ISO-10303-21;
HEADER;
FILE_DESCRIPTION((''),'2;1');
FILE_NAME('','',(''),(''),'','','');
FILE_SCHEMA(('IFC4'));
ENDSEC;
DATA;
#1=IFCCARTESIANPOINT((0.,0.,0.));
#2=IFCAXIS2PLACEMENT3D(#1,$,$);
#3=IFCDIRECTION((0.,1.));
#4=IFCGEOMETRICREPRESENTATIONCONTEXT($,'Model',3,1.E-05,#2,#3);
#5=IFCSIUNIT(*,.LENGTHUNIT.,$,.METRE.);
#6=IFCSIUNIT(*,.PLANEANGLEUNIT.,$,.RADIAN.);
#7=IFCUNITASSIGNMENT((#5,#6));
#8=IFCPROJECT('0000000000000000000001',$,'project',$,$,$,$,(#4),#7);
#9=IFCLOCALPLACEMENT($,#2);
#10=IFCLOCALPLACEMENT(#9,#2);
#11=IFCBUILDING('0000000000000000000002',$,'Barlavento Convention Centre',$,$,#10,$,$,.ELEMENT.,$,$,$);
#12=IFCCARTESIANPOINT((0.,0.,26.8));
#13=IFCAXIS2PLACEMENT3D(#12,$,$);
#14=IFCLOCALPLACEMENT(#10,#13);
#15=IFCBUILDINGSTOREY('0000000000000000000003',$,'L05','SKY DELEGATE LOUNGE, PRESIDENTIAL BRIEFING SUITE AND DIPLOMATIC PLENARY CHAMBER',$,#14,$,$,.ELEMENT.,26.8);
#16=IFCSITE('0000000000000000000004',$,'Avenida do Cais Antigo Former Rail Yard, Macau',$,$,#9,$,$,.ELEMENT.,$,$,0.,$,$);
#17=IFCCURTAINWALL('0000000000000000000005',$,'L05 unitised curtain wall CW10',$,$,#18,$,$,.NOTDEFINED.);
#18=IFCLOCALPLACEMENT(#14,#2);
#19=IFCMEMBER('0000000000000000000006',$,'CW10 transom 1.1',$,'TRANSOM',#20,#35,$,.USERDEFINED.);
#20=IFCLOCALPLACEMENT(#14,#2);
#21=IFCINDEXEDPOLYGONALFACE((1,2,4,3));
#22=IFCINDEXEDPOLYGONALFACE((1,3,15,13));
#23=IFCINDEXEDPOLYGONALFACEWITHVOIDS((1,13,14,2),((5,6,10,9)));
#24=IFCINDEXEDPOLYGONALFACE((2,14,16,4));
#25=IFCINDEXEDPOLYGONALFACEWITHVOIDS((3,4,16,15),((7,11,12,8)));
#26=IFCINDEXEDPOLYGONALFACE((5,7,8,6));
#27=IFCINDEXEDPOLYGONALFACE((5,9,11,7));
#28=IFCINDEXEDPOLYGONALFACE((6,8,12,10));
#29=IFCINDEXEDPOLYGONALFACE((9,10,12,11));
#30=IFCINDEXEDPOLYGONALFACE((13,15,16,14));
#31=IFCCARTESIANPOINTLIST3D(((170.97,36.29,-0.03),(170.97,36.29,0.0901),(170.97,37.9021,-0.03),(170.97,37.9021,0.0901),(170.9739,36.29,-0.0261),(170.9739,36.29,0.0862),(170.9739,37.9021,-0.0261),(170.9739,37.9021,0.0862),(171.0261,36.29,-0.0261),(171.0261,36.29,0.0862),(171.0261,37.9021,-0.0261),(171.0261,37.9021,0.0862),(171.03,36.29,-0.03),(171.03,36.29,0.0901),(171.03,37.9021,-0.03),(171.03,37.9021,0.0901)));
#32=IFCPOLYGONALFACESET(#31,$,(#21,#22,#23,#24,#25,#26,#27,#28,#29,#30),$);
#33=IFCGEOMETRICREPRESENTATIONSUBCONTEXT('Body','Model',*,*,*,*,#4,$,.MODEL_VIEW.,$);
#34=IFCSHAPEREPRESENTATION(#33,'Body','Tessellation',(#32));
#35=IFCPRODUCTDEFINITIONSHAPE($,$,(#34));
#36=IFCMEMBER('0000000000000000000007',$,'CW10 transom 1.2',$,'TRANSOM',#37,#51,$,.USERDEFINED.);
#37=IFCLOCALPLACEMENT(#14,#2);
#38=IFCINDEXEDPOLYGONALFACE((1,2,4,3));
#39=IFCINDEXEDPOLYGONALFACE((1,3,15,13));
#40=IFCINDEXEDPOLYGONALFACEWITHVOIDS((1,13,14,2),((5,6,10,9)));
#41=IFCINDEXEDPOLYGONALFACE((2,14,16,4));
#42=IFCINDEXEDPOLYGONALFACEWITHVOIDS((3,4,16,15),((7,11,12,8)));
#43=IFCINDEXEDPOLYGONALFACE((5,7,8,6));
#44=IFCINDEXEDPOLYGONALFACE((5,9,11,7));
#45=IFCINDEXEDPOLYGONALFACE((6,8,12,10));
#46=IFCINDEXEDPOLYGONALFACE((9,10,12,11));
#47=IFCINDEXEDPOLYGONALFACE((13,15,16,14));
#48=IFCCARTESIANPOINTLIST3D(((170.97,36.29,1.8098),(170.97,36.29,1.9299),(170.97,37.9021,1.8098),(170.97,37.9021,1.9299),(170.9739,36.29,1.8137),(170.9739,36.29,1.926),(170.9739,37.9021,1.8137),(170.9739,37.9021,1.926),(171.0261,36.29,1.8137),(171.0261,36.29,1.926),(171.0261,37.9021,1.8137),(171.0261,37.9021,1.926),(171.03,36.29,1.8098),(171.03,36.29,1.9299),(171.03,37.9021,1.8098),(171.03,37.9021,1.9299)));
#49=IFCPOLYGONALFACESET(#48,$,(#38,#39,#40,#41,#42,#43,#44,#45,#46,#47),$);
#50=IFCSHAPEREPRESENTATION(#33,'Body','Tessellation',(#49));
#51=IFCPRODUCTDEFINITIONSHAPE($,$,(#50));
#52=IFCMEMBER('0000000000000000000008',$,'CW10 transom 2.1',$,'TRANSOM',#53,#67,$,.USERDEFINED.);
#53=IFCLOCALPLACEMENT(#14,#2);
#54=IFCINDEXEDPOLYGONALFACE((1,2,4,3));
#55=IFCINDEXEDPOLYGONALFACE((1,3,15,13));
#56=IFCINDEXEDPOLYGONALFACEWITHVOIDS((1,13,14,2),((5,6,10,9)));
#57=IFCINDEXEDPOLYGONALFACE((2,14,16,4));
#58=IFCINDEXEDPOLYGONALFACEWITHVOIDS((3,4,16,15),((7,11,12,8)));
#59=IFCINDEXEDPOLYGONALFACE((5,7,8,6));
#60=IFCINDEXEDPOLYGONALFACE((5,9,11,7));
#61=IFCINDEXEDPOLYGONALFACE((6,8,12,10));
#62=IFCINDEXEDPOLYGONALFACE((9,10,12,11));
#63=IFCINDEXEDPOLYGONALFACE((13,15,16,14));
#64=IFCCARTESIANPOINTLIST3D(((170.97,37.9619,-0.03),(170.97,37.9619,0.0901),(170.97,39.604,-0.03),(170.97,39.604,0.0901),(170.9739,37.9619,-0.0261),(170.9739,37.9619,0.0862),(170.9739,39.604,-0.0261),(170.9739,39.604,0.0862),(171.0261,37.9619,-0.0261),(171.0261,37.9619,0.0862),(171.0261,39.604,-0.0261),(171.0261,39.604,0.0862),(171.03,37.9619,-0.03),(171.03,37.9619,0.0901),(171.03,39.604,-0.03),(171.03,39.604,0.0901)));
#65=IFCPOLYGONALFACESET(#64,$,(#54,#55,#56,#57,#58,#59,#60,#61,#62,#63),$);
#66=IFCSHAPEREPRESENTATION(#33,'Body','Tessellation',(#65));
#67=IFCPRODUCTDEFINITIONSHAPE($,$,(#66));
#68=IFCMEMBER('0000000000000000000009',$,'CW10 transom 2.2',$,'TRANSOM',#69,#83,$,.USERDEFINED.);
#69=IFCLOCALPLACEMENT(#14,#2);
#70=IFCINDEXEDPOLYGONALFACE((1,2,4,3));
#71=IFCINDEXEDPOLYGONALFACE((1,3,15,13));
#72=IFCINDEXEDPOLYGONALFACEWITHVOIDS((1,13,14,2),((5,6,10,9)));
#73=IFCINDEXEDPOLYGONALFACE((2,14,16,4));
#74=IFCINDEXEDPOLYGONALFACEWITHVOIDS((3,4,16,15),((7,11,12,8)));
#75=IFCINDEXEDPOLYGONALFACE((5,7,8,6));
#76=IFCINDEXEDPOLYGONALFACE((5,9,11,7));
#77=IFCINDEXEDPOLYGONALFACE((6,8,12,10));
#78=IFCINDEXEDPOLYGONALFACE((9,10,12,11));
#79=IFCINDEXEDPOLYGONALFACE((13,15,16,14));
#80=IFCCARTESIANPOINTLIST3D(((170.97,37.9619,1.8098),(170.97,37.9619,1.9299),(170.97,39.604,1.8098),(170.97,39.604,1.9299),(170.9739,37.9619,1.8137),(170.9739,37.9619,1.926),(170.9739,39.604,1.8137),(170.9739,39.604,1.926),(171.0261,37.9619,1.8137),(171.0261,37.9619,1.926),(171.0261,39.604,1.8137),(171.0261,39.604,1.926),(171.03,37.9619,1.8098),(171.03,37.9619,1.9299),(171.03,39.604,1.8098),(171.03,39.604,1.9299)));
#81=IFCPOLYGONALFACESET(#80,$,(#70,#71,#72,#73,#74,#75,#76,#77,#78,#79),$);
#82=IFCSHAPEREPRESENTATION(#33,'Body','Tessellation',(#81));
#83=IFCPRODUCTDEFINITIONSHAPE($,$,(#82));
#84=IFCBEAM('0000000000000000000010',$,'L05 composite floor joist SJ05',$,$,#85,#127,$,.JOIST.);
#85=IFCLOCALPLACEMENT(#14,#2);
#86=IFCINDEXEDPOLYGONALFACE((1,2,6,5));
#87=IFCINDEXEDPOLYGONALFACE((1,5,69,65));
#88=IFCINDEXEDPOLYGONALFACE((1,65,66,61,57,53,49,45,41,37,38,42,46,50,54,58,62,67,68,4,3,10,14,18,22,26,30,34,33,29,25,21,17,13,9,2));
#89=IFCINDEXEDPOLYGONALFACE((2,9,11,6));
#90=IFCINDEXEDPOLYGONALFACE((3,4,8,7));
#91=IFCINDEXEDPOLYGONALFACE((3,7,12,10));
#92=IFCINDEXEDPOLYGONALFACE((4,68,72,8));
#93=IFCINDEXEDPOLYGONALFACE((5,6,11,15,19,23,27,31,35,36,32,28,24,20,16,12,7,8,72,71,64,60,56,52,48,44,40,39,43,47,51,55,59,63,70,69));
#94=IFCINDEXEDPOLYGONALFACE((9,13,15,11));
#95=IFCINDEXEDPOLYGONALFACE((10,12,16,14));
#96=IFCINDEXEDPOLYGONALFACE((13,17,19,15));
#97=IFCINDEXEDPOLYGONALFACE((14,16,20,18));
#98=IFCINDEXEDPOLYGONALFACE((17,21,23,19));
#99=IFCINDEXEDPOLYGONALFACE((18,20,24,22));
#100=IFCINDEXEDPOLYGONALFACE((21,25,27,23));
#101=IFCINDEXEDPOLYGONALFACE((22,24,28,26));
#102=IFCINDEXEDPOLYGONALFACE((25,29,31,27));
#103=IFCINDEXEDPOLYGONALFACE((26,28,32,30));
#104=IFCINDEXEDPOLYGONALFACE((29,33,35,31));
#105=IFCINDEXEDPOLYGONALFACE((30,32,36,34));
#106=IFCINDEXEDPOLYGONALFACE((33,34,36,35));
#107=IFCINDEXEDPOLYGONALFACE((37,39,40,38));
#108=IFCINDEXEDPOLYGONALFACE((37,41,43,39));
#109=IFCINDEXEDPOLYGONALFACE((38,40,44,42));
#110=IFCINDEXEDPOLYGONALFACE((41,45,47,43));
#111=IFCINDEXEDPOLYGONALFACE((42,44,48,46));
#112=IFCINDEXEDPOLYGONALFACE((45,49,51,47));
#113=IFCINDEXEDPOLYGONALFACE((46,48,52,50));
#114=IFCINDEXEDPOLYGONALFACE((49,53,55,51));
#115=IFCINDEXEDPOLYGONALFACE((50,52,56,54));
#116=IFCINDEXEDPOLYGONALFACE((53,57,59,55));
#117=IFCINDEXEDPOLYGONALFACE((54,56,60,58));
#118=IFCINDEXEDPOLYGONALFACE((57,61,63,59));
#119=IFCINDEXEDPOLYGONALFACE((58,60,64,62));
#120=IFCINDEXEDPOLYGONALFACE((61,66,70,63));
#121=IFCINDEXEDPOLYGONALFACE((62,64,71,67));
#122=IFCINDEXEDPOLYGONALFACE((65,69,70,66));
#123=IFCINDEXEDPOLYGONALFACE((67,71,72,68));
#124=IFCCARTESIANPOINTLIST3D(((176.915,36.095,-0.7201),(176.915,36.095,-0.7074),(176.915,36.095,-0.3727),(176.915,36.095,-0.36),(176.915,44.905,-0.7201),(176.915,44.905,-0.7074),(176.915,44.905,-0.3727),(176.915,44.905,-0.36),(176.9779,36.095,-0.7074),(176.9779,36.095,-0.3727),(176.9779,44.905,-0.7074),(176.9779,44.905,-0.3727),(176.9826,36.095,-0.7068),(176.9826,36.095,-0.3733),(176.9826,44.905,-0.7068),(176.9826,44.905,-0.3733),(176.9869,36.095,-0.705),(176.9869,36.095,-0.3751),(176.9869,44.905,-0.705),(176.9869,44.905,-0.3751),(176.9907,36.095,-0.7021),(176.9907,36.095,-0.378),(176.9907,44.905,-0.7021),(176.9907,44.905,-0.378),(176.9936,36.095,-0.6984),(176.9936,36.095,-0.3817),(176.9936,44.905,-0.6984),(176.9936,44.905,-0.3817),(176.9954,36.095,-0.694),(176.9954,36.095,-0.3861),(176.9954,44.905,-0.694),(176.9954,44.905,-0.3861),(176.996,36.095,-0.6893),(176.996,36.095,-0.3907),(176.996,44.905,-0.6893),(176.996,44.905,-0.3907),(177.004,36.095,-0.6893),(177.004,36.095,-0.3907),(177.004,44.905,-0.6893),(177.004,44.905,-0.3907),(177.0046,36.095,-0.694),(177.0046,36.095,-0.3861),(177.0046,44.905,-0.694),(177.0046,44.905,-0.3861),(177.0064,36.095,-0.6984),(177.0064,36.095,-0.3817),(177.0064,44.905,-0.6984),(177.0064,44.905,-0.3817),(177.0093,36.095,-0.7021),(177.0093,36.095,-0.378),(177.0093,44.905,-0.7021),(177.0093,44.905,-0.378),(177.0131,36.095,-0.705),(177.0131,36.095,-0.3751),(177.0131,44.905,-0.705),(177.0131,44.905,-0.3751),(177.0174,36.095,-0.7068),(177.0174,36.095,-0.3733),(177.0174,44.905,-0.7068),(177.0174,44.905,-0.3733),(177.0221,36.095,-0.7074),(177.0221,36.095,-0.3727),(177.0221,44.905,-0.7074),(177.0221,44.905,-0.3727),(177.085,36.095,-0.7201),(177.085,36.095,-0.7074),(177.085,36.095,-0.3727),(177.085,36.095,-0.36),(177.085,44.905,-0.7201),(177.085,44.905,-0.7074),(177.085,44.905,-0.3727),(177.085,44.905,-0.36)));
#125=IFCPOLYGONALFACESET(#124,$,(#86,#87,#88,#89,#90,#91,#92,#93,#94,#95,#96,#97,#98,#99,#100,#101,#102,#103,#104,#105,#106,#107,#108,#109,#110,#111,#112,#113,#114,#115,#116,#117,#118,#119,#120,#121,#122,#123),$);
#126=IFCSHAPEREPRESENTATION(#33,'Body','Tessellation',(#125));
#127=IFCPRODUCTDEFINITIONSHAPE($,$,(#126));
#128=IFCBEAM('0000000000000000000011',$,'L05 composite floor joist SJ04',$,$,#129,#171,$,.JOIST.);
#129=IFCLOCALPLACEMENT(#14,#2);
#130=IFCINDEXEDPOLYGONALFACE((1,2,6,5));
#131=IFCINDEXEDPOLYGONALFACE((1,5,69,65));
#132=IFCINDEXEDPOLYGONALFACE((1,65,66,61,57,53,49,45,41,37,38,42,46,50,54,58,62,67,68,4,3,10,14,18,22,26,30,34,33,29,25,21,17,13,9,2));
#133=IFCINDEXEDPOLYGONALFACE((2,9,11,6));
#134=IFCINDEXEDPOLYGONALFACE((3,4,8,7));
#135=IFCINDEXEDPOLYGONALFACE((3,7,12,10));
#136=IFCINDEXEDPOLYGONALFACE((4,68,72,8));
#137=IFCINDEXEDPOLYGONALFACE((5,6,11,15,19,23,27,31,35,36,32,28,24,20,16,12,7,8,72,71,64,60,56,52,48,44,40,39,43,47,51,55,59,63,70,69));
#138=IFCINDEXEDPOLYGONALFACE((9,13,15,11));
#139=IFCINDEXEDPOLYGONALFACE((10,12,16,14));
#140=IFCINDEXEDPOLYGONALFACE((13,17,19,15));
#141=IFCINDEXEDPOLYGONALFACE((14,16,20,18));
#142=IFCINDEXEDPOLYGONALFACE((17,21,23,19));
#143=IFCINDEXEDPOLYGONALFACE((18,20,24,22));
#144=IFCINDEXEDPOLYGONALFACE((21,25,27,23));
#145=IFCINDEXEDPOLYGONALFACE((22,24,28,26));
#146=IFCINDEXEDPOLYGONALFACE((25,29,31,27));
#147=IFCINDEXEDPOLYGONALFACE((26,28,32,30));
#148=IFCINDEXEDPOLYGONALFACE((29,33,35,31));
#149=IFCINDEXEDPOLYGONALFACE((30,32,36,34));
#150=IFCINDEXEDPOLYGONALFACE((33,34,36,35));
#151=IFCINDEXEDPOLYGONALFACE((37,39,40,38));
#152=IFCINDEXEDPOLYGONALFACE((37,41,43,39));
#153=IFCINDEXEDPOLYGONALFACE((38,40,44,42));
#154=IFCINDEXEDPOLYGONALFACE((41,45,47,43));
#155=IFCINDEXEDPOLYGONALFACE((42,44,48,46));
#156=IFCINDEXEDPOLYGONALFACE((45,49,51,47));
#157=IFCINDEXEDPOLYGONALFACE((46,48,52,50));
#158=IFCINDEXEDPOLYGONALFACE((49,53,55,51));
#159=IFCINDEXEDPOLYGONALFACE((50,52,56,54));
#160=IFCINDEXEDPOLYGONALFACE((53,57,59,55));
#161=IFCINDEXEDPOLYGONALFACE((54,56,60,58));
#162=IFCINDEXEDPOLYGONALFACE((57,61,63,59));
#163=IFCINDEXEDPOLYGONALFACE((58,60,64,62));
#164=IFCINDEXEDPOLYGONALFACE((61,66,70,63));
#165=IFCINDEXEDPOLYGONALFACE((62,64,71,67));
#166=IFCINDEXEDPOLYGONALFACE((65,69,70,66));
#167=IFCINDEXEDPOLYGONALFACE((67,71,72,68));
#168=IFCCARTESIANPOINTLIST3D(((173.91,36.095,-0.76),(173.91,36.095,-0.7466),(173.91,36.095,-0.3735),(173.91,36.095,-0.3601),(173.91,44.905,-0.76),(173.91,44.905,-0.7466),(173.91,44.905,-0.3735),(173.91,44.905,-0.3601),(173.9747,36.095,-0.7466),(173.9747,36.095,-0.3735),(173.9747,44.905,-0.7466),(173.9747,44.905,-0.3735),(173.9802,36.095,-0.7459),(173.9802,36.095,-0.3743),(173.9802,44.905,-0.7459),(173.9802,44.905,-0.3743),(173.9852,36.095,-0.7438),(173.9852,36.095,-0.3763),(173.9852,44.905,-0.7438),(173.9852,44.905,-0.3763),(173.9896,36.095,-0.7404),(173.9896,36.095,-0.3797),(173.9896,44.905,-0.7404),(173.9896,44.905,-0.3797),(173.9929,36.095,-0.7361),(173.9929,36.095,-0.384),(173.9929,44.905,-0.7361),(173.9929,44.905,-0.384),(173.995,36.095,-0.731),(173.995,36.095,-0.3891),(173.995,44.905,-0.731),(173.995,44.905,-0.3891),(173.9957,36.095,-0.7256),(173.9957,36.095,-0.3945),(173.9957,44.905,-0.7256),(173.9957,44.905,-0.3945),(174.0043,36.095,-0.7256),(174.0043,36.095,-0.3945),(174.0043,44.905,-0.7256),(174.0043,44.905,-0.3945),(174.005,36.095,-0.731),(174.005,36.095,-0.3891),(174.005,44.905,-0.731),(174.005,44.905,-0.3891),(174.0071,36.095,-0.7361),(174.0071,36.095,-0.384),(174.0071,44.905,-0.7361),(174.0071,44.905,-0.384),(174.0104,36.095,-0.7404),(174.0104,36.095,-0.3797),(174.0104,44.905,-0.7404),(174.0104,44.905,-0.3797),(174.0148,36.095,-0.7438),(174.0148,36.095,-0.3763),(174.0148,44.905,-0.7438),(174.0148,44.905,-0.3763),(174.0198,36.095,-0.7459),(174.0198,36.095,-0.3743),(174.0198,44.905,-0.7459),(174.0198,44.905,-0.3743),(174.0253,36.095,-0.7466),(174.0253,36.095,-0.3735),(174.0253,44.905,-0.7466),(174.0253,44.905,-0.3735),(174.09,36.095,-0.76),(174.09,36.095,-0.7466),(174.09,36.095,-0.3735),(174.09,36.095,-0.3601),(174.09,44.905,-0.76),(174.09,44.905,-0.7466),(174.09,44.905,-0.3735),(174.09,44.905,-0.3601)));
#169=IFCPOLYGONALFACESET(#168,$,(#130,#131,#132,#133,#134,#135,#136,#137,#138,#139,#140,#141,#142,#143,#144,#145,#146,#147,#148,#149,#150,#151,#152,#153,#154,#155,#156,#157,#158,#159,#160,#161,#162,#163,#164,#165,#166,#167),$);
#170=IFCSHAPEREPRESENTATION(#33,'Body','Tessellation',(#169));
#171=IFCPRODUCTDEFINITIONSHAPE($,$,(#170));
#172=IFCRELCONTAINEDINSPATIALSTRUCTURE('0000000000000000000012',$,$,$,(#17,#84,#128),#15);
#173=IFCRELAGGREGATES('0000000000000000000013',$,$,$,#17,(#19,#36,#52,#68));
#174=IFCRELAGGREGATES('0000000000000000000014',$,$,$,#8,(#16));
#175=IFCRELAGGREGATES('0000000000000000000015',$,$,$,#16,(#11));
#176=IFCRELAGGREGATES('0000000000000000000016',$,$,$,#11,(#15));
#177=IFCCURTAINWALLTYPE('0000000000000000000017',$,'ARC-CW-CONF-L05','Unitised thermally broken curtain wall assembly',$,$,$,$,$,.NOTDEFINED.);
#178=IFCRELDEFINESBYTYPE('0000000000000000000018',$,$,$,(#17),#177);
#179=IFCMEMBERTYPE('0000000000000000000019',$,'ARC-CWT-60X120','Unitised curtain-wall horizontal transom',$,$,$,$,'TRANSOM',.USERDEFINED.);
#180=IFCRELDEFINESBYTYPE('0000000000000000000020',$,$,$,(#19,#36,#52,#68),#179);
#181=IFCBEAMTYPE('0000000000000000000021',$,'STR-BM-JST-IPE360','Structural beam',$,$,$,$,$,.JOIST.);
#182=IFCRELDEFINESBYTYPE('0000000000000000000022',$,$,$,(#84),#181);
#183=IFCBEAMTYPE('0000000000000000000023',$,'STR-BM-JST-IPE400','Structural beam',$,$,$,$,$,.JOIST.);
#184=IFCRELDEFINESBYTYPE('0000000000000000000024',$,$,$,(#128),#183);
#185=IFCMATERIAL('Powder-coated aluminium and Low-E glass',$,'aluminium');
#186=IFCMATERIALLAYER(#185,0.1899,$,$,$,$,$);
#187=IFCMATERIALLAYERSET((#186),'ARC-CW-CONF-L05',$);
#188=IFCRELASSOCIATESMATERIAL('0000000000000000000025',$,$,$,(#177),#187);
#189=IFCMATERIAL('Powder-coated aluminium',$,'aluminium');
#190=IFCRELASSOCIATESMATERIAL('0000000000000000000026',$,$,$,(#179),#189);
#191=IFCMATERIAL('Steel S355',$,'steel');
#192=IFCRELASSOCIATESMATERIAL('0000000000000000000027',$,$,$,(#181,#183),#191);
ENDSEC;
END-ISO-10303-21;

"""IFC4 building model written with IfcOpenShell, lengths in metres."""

from ifc_helpers import new_model, si_unit, direction, frame, origin, origin_2d, place, context, subcontext, project, spatial, hollow_rectangle, i_section, extrude, material, layer, layer_set, material_profile, profile_set, type_object, element, aggregate, save


model = new_model("IFC4")

# Units and contexts
model_context = context("Model", 3, precision=1e-05, world=origin(), true_north=direction((0.0, 1.0)))
body_context = subcontext(model_context, "Body", "Model", "MODEL_VIEW")
ifc_project = project(units=[si_unit("LENGTHUNIT", "METRE"), si_unit("PLANEANGLEUNIT", "RADIAN")], contexts=[model_context])

# Site, building, storey
site_placement = place(None, origin())
site = spatial("IfcSite", under=ifc_project, at=site_placement, Name="Avenida do Cais Antigo Former Rail Yard, Macau", CompositionType="ELEMENT", RefElevation=0.0)
building_placement = place(site_placement, origin())
building = spatial("IfcBuilding", under=site, at=building_placement, Name="Barlavento Convention Centre", CompositionType="ELEMENT")
storey_placement = place(building_placement, frame((0.0, 0.0, 26.8)))
storey = spatial("IfcBuildingStorey", under=building, at=storey_placement, Name="L05", Description="SKY DELEGATE LOUNGE, PRESIDENTIAL BRIEFING SUITE AND DIPLOMATIC PLENARY CHAMBER", CompositionType="ELEMENT", Elevation=26.8)

# Shared definitions
ifc_material_1 = material(Name="Steel S355", Category="steel")

# Shared definitions
ifc_material_2 = material(Name="Powder-coated aluminium and Low-E glass", Category="aluminium")
ifc_layer_1 = layer(ifc_material_2, 0.1899)
ifc_layer_set_1 = layer_set([ifc_layer_1], Name="ARC-CW-CONF-L05")
curtain_wall_type = type_object("IfcCurtainWallType", Name="ARC-CW-CONF-L05", Description="Unitised thermally broken curtain wall assembly", PredefinedType="NOTDEFINED", material=ifc_layer_set_1)
ifc_material_3 = material(Name="Powder-coated aluminium", Category="aluminium")

# Curtain wall
curtain_wall_1_placement = place(storey_placement, origin())
curtain_wall_1 = element("IfcCurtainWall", 1, at=curtain_wall_1_placement, inside=storey, type_object=curtain_wall_type, Name="L05 unitised curtain wall CW10", PredefinedType="NOTDEFINED")

# Members
ifc_material_profile_1 = material_profile(ifc_material_3, hollow_rectangle(XDim=0.0601, YDim=0.1201, WallThickness=0.0039, at=origin_2d()), Name="AL-TRAN 60x120x4")
ifc_profile_set_1 = profile_set([ifc_material_profile_1], Name="Powder-coated aluminium")
member_type_1 = type_object("IfcMemberType", Name="ARC-CWT-60X120", Description="Unitised curtain-wall horizontal transom", ElementType="TRANSOM", PredefinedType="USERDEFINED", material=ifc_profile_set_1)
member_1_placement = place(storey_placement, frame((171.0, 36.29, 0.03), z_axis=(0.0, 1.0, 0.0), x_axis=(-1.0, 0.0, 0.0)))
member_1 = element("IfcMember", 2, at=member_1_placement, type_object=member_type_1, Name="CW10 transom 1.1", ObjectType="TRANSOM", PredefinedType="USERDEFINED", context=body_context, shape_type="SweptSolid", body=[
    extrude(hollow_rectangle(XDim=0.0601, YDim=0.1201, WallThickness=0.0039, at=origin_2d()), origin(), (0.0, 0.0, 1.0), 1.6121),
])
member_2_placement = place(storey_placement, frame((171.0, 36.29, 1.8699), z_axis=(0.0, 1.0, 0.0), x_axis=(-1.0, 0.0, 0.0)))
member_2 = element("IfcMember", 3, at=member_2_placement, type_object=member_type_1, Name="CW10 transom 1.2", ObjectType="TRANSOM", PredefinedType="USERDEFINED", context=body_context, shape_type="SweptSolid", body=[
    extrude(hollow_rectangle(XDim=0.0601, YDim=0.1201, WallThickness=0.0039, at=origin_2d()), origin(), (0.0, 0.0, 1.0), 1.6121),
])
member_3_placement = place(storey_placement, frame((171.0, 37.9619, 0.03), z_axis=(0.0, 1.0, 0.0), x_axis=(-1.0, 0.0, 0.0)))
member_3 = element("IfcMember", 4, at=member_3_placement, type_object=member_type_1, Name="CW10 transom 2.1", ObjectType="TRANSOM", PredefinedType="USERDEFINED", context=body_context, shape_type="SweptSolid", body=[
    extrude(hollow_rectangle(XDim=0.0601, YDim=0.1201, WallThickness=0.0039, at=origin_2d()), origin(), (0.0, 0.0, 1.0), 1.6421),
])
member_4_placement = place(storey_placement, frame((171.0, 37.9619, 1.8699), z_axis=(0.0, 1.0, 0.0), x_axis=(-1.0, 0.0, 0.0)))
member_4 = element("IfcMember", 5, at=member_4_placement, type_object=member_type_1, Name="CW10 transom 2.2", ObjectType="TRANSOM", PredefinedType="USERDEFINED", context=body_context, shape_type="SweptSolid", body=[
    extrude(hollow_rectangle(XDim=0.0601, YDim=0.1201, WallThickness=0.0039, at=origin_2d()), origin(), (0.0, 0.0, 1.0), 1.6421),
])

# Beams
ifc_material_profile_2 = material_profile(ifc_material_1, i_section(OverallWidth=0.1699, OverallDepth=0.3601, WebThickness=0.0081, FlangeThickness=0.0127, FilletRadius=0.0181, at=origin_2d()), Name="IPE 360")
ifc_profile_set_2 = profile_set([ifc_material_profile_2], Name="Steel S355")
beam_type_1 = type_object("IfcBeamType", Name="STR-BM-JST-IPE360", Description="Structural beam", PredefinedType="JOIST", material=ifc_profile_set_2)
beam_1_placement = place(storey_placement, frame((177.0, 36.095, -0.54), z_axis=(0.0, 1.0, 0.0), x_axis=(-1.0, 0.0, 0.0)))
element("IfcBeam", 6, at=beam_1_placement, inside=storey, type_object=beam_type_1, Name="L05 composite floor joist SJ05", PredefinedType="JOIST", context=body_context, shape_type="SweptSolid", body=[
    extrude(i_section(OverallWidth=0.1699, OverallDepth=0.3601, WebThickness=0.0081, FlangeThickness=0.0127, FilletRadius=0.0181, at=origin_2d()), origin(), (0.0, 0.0, 1.0), 8.8101),
])
ifc_material_profile_3 = material_profile(ifc_material_1, i_section(OverallWidth=0.1799, OverallDepth=0.3999, WebThickness=0.0085, FlangeThickness=0.0134, FilletRadius=0.021, at=origin_2d()), Name="IPE 400")
ifc_profile_set_3 = profile_set([ifc_material_profile_3], Name="Steel S355")
beam_type_2 = type_object("IfcBeamType", Name="STR-BM-JST-IPE400", Description="Structural beam", PredefinedType="JOIST", material=ifc_profile_set_3)
beam_2_placement = place(storey_placement, frame((174.0, 36.095, -0.5601), z_axis=(0.0, 1.0, 0.0), x_axis=(-1.0, 0.0, 0.0)))
element("IfcBeam", 7, at=beam_2_placement, inside=storey, type_object=beam_type_2, Name="L05 composite floor joist SJ04", PredefinedType="JOIST", context=body_context, shape_type="SweptSolid", body=[
    extrude(i_section(OverallWidth=0.1799, OverallDepth=0.3999, WebThickness=0.0085, FlangeThickness=0.0134, FilletRadius=0.021, at=origin_2d()), origin(), (0.0, 0.0, 1.0), 8.8101),
])

aggregate(curtain_wall_1, [member_1, member_2, member_3, member_4])

save(model, "model.ifc")
